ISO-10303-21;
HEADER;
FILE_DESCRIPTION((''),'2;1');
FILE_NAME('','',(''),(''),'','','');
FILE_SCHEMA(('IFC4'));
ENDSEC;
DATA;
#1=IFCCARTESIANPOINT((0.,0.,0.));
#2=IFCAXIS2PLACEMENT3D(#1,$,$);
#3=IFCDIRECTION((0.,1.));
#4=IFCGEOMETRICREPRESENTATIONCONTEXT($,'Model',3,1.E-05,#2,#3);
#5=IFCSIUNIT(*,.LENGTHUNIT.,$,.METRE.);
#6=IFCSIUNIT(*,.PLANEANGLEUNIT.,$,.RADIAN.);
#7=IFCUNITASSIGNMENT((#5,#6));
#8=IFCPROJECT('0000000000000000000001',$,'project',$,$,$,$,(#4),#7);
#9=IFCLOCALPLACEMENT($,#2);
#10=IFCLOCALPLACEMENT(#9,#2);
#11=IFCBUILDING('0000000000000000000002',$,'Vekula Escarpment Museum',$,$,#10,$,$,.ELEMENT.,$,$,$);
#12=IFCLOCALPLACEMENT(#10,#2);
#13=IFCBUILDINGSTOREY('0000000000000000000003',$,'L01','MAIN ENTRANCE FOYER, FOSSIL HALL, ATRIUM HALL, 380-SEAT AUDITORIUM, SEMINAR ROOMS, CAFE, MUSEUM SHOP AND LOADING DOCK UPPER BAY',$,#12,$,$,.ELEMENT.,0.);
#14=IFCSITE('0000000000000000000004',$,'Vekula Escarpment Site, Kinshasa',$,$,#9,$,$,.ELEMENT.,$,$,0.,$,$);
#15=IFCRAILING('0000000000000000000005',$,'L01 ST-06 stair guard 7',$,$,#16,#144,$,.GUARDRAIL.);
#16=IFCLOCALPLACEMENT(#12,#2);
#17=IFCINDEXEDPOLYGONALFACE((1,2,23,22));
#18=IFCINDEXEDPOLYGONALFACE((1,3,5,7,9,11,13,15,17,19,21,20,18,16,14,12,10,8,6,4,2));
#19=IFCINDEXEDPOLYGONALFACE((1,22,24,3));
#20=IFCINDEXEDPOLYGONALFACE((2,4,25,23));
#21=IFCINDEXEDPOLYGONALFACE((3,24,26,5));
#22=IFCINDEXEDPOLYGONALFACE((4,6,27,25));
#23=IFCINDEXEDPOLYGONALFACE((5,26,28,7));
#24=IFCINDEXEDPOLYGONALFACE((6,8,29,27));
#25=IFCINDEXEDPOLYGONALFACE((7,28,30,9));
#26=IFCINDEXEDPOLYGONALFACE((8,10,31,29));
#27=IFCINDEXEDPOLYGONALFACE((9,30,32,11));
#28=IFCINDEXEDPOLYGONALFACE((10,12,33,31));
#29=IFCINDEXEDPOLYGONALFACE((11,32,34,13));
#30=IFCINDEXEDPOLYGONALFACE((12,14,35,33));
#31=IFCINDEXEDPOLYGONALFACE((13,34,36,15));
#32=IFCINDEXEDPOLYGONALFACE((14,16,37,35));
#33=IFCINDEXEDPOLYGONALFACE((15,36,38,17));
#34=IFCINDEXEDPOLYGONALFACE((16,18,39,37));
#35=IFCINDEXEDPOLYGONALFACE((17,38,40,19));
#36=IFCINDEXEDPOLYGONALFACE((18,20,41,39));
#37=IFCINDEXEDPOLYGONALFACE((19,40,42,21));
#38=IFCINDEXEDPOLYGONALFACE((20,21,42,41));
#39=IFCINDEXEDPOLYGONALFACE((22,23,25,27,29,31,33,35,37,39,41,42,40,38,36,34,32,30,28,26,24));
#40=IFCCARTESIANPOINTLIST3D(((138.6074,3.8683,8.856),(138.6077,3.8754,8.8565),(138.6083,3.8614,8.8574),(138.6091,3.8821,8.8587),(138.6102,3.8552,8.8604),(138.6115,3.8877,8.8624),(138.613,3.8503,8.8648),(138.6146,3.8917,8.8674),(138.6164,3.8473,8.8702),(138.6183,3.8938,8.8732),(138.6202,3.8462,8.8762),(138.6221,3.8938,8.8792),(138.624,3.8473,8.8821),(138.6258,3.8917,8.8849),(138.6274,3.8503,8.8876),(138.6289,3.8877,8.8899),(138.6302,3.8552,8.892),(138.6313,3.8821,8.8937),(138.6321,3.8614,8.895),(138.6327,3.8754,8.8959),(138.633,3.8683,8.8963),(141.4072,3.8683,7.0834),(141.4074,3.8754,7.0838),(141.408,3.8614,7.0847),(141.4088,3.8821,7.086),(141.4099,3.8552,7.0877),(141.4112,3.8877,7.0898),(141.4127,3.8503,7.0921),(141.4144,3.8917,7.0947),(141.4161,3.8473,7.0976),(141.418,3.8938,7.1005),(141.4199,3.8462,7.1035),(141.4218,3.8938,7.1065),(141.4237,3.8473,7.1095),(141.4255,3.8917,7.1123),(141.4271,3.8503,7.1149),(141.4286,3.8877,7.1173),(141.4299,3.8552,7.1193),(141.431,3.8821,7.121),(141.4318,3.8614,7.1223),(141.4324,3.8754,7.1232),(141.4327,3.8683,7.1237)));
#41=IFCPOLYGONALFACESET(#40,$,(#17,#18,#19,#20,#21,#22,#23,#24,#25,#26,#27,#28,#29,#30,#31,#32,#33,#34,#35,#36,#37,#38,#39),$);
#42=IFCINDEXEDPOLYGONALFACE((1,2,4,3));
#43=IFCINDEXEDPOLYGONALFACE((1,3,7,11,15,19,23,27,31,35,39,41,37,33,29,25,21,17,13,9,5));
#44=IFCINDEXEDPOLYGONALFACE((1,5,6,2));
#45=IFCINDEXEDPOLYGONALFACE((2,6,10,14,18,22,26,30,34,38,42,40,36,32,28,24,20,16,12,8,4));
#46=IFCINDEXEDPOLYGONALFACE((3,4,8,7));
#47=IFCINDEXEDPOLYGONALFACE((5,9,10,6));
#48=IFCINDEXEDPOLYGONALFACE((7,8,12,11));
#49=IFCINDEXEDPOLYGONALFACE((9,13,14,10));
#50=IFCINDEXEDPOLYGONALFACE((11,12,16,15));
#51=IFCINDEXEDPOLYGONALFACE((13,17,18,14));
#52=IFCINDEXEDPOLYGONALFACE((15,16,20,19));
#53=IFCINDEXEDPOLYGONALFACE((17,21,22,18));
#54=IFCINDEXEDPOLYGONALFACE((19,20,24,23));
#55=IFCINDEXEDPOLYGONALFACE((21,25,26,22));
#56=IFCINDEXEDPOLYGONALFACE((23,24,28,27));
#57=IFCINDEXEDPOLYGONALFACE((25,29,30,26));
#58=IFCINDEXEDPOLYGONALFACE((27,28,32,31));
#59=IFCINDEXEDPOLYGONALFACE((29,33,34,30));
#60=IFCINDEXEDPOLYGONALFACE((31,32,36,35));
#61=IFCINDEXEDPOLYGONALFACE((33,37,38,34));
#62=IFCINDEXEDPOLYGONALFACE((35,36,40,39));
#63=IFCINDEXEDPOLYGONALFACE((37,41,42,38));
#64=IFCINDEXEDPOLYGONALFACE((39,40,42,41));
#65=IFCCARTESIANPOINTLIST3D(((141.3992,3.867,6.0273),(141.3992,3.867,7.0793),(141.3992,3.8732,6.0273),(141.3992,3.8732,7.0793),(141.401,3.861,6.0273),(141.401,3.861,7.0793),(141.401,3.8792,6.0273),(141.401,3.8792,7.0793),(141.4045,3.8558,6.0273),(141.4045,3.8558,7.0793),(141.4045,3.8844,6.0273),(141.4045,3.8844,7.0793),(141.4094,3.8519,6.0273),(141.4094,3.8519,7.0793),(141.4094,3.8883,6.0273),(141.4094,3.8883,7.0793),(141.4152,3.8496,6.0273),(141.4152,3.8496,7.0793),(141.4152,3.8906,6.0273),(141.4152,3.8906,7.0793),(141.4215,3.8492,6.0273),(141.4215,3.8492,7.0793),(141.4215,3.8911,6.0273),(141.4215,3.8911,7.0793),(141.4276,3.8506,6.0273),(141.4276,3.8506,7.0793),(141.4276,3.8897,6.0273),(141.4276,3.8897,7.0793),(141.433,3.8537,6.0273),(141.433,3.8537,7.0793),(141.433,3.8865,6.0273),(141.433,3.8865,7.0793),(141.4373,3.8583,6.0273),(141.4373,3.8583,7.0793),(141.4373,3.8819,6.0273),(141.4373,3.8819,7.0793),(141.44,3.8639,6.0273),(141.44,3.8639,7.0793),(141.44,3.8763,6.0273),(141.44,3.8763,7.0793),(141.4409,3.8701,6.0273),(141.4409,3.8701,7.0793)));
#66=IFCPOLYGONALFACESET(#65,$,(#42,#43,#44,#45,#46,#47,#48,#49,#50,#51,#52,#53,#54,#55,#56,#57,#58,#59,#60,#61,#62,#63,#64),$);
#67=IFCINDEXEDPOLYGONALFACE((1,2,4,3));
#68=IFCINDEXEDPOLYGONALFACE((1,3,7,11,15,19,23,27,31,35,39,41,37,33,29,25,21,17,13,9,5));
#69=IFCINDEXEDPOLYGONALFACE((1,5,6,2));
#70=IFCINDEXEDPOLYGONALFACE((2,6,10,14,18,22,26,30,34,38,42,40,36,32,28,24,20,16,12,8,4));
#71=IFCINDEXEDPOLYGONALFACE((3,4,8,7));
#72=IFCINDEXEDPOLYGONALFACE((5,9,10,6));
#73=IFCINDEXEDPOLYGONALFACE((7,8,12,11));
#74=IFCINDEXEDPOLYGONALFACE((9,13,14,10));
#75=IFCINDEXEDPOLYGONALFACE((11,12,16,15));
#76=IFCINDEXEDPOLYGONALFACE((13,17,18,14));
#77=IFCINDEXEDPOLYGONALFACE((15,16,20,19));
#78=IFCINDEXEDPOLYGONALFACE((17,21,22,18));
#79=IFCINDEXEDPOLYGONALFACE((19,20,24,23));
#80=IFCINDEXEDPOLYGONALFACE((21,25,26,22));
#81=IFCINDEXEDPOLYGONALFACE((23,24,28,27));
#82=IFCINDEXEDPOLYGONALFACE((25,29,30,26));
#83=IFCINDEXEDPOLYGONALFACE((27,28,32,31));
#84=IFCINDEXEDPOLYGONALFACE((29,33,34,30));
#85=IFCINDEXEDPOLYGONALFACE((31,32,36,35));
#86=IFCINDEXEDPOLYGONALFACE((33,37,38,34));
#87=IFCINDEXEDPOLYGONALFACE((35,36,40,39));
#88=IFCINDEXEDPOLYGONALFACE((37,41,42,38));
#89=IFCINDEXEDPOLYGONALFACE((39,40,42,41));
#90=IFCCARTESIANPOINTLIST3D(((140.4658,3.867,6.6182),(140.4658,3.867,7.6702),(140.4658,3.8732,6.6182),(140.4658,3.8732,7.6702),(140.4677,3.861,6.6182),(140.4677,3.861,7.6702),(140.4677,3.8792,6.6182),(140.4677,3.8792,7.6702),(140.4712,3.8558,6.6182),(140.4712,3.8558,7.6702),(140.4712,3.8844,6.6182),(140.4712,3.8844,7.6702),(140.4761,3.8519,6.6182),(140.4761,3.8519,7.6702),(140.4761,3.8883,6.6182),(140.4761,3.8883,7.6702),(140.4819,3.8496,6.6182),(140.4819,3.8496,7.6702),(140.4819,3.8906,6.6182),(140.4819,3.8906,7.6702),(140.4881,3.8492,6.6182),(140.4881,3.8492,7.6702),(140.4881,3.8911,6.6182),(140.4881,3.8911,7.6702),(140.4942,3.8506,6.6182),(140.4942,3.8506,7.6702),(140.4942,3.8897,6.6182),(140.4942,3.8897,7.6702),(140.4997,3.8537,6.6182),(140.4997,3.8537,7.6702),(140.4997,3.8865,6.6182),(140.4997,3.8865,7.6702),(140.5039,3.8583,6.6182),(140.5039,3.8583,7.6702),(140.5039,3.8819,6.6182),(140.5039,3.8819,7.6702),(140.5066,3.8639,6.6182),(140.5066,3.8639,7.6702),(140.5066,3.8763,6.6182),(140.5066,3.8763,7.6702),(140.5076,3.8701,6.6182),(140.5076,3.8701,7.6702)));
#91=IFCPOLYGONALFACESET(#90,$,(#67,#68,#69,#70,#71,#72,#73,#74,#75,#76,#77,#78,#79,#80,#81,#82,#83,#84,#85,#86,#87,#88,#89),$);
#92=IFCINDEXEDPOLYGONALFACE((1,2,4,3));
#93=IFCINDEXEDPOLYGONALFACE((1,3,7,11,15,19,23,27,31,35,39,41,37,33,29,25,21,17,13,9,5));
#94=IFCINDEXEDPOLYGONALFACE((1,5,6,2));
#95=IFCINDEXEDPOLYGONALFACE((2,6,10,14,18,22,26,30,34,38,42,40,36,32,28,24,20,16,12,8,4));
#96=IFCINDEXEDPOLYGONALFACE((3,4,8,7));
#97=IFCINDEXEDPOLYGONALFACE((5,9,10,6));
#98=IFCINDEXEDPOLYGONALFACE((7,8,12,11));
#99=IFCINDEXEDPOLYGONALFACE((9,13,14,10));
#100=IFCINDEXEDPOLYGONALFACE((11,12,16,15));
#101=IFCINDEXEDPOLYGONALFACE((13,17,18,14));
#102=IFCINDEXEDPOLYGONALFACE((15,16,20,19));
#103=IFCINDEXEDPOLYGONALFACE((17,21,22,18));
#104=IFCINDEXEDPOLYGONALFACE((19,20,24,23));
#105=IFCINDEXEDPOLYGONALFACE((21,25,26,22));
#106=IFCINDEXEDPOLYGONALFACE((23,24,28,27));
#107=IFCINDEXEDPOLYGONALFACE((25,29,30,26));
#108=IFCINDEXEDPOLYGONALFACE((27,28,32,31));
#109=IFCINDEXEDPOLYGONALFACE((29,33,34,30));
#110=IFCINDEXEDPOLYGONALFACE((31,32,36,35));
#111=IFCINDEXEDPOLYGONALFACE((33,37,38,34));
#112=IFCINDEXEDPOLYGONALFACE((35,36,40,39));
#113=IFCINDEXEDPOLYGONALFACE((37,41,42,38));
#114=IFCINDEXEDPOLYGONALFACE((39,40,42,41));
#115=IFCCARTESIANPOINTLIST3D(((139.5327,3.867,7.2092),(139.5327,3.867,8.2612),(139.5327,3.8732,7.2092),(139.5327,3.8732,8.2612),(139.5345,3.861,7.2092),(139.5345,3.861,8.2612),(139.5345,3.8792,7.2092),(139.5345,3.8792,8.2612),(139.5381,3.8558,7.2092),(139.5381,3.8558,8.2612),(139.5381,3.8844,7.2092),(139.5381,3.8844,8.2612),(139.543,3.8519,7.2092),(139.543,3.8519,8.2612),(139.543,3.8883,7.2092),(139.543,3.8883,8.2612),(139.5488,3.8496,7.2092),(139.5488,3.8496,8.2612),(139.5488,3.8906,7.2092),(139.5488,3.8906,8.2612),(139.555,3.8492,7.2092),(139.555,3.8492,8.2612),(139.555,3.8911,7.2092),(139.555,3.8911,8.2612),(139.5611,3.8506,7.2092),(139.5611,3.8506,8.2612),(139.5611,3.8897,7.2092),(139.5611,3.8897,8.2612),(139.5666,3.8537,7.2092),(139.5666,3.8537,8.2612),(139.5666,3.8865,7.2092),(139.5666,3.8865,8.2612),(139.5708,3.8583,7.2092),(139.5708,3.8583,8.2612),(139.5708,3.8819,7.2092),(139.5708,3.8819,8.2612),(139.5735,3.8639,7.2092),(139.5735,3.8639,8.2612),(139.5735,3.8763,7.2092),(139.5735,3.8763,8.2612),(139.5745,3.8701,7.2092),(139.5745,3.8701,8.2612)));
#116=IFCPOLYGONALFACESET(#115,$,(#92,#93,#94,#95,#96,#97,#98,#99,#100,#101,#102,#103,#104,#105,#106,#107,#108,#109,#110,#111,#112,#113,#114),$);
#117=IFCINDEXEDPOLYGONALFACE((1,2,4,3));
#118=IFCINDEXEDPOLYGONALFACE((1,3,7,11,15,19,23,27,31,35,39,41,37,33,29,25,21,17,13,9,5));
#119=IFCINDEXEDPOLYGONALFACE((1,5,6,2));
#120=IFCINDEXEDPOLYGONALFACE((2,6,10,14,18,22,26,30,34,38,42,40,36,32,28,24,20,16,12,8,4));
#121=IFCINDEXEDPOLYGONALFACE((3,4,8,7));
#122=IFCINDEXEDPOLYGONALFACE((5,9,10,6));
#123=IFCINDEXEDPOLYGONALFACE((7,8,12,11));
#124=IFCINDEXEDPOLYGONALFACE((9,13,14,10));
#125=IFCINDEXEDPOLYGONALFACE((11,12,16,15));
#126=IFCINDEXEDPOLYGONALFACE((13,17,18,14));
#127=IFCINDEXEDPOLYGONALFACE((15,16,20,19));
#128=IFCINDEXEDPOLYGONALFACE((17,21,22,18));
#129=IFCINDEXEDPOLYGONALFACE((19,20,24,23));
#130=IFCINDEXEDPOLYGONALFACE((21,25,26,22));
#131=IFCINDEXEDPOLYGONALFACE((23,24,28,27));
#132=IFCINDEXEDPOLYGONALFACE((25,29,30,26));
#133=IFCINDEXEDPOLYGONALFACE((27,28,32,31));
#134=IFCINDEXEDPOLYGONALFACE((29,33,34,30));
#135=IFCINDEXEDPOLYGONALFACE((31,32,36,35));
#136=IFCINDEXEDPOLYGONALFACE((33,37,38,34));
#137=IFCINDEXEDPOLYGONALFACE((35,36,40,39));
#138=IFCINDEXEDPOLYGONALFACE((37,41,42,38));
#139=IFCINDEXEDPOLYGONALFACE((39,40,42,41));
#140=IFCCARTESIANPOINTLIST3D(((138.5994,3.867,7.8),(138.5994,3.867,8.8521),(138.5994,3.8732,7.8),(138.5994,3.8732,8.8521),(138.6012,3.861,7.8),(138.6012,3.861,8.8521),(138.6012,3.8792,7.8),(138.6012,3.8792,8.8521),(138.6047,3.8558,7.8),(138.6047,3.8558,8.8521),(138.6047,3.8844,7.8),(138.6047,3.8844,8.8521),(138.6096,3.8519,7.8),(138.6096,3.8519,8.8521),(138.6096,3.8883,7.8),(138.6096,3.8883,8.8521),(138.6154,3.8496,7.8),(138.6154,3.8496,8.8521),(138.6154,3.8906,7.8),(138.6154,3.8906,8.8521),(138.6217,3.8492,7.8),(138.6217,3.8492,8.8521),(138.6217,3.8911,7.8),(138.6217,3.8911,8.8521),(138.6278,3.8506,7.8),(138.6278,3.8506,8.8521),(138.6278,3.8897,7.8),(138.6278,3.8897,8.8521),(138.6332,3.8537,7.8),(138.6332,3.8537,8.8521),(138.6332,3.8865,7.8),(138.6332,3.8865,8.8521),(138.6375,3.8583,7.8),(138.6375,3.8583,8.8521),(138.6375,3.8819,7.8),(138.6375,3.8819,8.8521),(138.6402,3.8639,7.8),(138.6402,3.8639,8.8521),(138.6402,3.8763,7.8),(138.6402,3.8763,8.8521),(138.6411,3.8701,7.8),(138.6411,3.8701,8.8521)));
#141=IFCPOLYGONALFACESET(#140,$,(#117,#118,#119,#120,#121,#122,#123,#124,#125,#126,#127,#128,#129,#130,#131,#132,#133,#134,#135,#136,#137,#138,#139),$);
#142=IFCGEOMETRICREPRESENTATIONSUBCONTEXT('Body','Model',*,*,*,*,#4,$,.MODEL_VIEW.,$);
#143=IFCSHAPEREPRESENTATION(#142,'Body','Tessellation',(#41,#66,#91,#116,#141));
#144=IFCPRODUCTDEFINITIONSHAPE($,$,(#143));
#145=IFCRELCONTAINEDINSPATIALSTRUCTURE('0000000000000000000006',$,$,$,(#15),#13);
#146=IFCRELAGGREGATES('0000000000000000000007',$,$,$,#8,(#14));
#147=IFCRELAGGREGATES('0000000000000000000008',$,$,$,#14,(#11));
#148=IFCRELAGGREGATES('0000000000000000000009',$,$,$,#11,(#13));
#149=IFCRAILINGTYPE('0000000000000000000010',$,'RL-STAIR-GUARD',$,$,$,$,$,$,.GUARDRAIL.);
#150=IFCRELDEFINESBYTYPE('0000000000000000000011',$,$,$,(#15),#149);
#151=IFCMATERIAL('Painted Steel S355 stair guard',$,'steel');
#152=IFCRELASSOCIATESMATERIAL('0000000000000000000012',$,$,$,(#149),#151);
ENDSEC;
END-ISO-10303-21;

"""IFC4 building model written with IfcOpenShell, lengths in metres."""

from ifc_helpers import new_model, si_unit, direction, frame, origin, origin_2d, place, context, subcontext, project, spatial, circle, extrude, material, type_object, element, save


model = new_model("IFC4")

# Units and contexts
model_context = context("Model", 3, precision=1e-05, world=origin(), true_north=direction((0.0, 1.0)))
body_context = subcontext(model_context, "Body", "Model", "MODEL_VIEW")
ifc_project = project(units=[si_unit("LENGTHUNIT", "METRE"), si_unit("PLANEANGLEUNIT", "RADIAN")], contexts=[model_context])

# Site, building, storey
site_placement = place(None, origin())
site = spatial("IfcSite", under=ifc_project, at=site_placement, Name="Vekula Escarpment Site, Kinshasa", CompositionType="ELEMENT", RefElevation=0.0)
building_placement = place(site_placement, origin())
building = spatial("IfcBuilding", under=site, at=building_placement, Name="Vekula Escarpment Museum", CompositionType="ELEMENT")
storey_placement = place(building_placement, origin())
storey = spatial("IfcBuildingStorey", under=building, at=storey_placement, Name="L01", Description="MAIN ENTRANCE FOYER, FOSSIL HALL, ATRIUM HALL, 380-SEAT AUDITORIUM, SEMINAR ROOMS, CAFE, MUSEUM SHOP AND LOADING DOCK UPPER BAY", CompositionType="ELEMENT", Elevation=0.0)

# Railing
ifc_material_1 = material(Name="Painted Steel S355 stair guard", Category="steel")
railing_type_1 = type_object("IfcRailingType", Name="RL-STAIR-GUARD", PredefinedType="GUARDRAIL", material=ifc_material_1)
railing_1_placement = place(storey_placement, frame((141.4199, 3.8701, 6.0273)))
element("IfcRailing", 1, at=railing_1_placement, inside=storey, type_object=railing_type_1, Name="L01 ST-06 stair guard 7", PredefinedType="GUARDRAIL", context=body_context, shape_type="SweptSolid", body=[
    extrude(circle(Radius=0.0239, at=origin_2d()), frame((0.0, 0.0, 1.0762), z_axis=(-0.844888, 0.0, 0.534943), x_axis=(0.0, -1.0, 0.0)), (0.0, 0.0, 1.0), 3.3137),
    extrude(circle(Radius=0.021, at=origin_2d()), origin(), (0.0, 0.0, 1.0), 1.052),
    extrude(circle(Radius=0.021, at=origin_2d()), frame((-0.9333, 0.0, 0.5908)), (0.0, 0.0, 1.0), 1.052),
    extrude(circle(Radius=0.021, at=origin_2d()), frame((-1.8665, 0.0, 1.1819)), (0.0, 0.0, 1.0), 1.052),
    extrude(circle(Radius=0.021, at=origin_2d()), frame((-2.7998, 0.0, 1.7727)), (0.0, 0.0, 1.0), 1.052),
])

save(model, "model.ifc")
